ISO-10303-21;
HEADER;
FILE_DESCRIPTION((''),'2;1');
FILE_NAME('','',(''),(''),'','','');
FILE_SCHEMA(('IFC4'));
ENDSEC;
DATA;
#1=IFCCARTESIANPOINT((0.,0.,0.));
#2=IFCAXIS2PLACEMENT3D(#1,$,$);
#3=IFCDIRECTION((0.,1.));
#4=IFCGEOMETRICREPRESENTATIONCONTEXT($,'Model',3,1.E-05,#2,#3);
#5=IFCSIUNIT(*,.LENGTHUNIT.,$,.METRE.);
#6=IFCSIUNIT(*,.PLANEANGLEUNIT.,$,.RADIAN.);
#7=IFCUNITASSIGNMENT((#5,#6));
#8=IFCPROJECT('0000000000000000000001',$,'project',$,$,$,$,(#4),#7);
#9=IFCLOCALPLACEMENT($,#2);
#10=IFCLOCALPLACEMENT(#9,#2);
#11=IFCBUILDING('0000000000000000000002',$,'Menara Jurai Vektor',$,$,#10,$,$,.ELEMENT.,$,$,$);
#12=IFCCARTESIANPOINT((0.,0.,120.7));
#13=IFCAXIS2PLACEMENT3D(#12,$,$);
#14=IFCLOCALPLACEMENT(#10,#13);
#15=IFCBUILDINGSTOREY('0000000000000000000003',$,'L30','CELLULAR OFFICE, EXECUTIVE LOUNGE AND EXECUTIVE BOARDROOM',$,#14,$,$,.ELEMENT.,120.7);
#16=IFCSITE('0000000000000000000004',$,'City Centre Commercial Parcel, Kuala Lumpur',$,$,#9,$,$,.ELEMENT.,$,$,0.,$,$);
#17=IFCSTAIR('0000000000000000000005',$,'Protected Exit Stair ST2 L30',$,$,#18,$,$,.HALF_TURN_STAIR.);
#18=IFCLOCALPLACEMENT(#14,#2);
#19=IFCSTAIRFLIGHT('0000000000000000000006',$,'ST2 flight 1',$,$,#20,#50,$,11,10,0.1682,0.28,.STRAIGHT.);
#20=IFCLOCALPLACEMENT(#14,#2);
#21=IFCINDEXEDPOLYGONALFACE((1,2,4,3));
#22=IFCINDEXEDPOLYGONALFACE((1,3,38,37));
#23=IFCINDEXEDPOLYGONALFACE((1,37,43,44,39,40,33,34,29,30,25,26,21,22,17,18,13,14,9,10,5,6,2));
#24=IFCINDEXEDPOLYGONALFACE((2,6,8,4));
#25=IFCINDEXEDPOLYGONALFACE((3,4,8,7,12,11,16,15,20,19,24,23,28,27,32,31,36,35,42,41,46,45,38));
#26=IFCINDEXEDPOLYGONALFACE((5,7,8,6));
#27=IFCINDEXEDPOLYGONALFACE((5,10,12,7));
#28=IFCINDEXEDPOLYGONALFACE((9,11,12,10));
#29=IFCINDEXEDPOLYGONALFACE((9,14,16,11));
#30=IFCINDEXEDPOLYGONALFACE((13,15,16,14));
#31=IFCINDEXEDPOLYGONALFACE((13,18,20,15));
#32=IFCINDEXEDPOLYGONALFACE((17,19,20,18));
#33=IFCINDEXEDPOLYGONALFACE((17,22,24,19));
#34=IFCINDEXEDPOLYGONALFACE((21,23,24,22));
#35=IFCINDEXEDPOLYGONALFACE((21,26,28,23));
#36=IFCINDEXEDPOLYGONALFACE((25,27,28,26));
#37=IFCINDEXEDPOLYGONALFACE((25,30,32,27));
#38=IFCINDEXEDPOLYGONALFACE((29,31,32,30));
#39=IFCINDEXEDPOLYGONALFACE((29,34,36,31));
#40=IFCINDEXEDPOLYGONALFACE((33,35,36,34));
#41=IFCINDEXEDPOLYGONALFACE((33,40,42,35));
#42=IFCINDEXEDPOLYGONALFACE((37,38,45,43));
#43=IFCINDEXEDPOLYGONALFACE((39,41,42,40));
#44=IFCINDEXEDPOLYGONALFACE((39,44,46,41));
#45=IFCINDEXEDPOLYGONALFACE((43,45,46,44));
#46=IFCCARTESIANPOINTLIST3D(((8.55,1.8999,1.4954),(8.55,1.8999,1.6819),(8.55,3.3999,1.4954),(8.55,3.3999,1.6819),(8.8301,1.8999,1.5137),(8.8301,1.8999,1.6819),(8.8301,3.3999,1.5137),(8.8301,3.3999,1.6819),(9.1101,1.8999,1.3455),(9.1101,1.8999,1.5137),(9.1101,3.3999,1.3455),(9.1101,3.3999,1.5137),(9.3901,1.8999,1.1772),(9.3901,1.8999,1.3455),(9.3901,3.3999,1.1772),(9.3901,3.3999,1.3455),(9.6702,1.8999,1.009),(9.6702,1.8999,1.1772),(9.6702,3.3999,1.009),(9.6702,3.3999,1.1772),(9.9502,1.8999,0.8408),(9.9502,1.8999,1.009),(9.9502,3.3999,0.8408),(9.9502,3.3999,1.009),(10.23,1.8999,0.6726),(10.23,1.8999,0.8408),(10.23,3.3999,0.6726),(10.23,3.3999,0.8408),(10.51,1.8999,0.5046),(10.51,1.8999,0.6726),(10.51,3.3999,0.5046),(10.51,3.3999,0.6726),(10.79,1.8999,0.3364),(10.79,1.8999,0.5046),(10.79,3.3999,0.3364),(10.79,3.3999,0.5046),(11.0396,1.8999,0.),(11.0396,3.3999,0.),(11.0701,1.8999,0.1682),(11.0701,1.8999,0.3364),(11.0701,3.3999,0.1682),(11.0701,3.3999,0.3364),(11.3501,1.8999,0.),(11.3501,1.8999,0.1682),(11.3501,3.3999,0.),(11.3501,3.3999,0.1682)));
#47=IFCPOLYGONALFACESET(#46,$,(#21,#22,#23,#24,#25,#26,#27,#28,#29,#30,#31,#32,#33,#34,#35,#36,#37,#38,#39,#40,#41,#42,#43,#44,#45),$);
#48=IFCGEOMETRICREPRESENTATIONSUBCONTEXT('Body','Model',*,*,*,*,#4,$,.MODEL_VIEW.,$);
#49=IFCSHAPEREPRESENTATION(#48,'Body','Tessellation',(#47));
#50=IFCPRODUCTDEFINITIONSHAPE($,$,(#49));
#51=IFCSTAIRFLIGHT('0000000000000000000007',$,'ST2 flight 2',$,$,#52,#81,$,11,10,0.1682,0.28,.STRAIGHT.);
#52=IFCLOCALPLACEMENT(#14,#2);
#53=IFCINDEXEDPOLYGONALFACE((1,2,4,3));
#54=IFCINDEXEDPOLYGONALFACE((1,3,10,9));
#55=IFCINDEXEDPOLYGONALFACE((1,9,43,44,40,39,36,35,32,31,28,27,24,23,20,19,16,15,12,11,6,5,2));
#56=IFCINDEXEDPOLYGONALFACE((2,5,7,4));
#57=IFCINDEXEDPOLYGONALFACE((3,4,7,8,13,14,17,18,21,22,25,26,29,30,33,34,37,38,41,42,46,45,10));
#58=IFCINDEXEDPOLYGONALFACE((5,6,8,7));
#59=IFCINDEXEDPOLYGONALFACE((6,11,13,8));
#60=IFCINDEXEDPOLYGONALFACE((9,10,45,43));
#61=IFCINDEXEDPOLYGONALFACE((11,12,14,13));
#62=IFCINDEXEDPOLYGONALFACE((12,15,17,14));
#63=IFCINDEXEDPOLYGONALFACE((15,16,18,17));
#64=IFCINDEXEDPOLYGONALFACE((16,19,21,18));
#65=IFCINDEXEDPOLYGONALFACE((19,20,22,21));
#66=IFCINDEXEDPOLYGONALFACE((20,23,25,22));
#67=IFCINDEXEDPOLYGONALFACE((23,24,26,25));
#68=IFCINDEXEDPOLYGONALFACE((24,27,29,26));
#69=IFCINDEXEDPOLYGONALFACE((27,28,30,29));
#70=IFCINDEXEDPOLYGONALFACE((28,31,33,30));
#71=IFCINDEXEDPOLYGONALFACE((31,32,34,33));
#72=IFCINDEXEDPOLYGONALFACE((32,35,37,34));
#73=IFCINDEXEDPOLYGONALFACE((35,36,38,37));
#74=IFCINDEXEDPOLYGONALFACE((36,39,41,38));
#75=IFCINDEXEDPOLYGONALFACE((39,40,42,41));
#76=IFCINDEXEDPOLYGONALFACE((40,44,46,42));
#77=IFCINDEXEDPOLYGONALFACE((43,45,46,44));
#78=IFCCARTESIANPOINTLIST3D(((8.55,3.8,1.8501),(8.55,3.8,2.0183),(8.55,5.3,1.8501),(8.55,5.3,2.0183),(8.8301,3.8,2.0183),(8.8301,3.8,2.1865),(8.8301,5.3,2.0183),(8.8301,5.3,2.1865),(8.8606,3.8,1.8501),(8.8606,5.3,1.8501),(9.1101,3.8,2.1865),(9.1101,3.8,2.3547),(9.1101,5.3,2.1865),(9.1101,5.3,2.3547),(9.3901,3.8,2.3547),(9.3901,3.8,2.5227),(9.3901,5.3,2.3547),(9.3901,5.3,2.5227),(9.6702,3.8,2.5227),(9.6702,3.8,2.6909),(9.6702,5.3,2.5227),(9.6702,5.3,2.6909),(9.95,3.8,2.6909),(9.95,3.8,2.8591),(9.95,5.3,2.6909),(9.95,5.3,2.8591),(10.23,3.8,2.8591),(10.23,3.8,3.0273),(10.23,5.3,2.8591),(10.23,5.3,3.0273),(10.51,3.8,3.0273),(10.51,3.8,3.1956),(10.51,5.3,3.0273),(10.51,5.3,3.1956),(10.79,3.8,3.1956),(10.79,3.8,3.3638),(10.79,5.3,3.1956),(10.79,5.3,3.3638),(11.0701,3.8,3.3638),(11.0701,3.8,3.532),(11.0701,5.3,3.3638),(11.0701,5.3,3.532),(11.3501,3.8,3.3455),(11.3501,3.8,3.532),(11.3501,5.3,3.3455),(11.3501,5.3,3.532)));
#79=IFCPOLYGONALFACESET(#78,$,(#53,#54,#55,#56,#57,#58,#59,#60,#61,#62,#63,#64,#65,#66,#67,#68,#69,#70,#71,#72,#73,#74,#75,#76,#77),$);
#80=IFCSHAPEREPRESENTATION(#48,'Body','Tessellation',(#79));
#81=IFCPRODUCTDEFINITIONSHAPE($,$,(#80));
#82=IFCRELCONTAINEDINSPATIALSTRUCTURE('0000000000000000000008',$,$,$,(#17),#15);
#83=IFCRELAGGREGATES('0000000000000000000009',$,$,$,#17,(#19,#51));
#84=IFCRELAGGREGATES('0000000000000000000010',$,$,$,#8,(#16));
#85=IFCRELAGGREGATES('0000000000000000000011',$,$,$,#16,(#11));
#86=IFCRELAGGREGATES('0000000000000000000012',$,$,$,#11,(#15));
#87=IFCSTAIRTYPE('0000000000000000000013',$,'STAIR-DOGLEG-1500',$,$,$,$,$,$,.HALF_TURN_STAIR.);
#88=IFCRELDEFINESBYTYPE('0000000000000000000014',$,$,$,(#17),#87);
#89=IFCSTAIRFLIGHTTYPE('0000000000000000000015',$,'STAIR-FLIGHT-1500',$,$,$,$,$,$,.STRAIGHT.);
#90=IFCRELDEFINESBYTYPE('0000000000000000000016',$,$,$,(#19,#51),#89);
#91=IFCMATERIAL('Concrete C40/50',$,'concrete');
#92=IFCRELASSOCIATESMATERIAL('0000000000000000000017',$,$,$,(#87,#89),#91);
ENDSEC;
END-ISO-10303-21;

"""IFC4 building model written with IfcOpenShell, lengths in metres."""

from ifc_helpers import new_model, si_unit, direction, frame, origin, place, context, subcontext, project, spatial, polyline, outline, extrude, material, type_object, element, aggregate, save


model = new_model("IFC4")

# Units and contexts
model_context = context("Model", 3, precision=1e-05, world=origin(), true_north=direction((0.0, 1.0)))
body_context = subcontext(model_context, "Body", "Model", "MODEL_VIEW")
ifc_project = project(units=[si_unit("LENGTHUNIT", "METRE"), si_unit("PLANEANGLEUNIT", "RADIAN")], contexts=[model_context])

# Site, building, storey
site_placement = place(None, origin())
site = spatial("IfcSite", under=ifc_project, at=site_placement, Name="City Centre Commercial Parcel, Kuala Lumpur", CompositionType="ELEMENT", RefElevation=0.0)
building_placement = place(site_placement, origin())
building = spatial("IfcBuilding", under=site, at=building_placement, Name="Menara Jurai Vektor", CompositionType="ELEMENT")
storey_placement = place(building_placement, frame((0.0, 0.0, 120.7)))
storey = spatial("IfcBuildingStorey", under=building, at=storey_placement, Name="L30", Description="CELLULAR OFFICE, EXECUTIVE LOUNGE AND EXECUTIVE BOARDROOM", CompositionType="ELEMENT", Elevation=120.7)

# Shared definitions
ifc_material_1 = material(Name="Concrete C40/50", Category="concrete")

# Stair, stair flights
stair_type = type_object("IfcStairType", Name="STAIR-DOGLEG-1500", PredefinedType="HALF_TURN_STAIR", material=ifc_material_1)
stair_placement = place(storey_placement, origin())
stair = element("IfcStair", 1, at=stair_placement, inside=storey, type_object=stair_type, Name="Protected Exit Stair ST2 L30", PredefinedType="HALF_TURN_STAIR")
stair_flight_type = type_object("IfcStairFlightType", Name="STAIR-FLIGHT-1500", PredefinedType="STRAIGHT", material=ifc_material_1)
stair_flight_1_placement = place(storey_placement, frame((11.3501, 2.6499, 0.0), z_axis=(0.0, 0.0, 1.0), x_axis=(-1.0, 0.0, 0.0)))
stair_flight_1 = element("IfcStairFlight", 2, at=stair_flight_1_placement, type_object=stair_flight_type, Name="ST2 flight 1", NumberOfRisers=11, NumberOfTreads=10, PredefinedType="STRAIGHT", RiserHeight=0.1682, TreadLength=0.28, context=body_context, shape_type="SweptSolid", body=[
    extrude(outline(polyline([(0.0, 0.0), (0.0, 0.1682), (0.28, 0.1682), (0.28, 0.3364), (0.5601, 0.3364), (0.5601, 0.5046), (0.8401, 0.5046), (0.8401, 0.6726), (1.1201, 0.6726), (1.1201, 0.8408), (1.3999, 0.8408), (1.3999, 1.009), (1.6799, 1.009), (1.6799, 1.1772), (1.96, 1.1772), (1.96, 1.3455), (2.24, 1.3455), (2.24, 1.5137), (2.52, 1.5137), (2.52, 1.6819), (2.8, 1.6819), (2.8, 1.8501), (2.8, 1.4954), (0.3105, 0.0), (0.0, 0.0)])), frame((0.0, 0.75, 0.0), z_axis=(0.0, -1.0, 0.0), x_axis=(1.0, 0.0, 0.0)), (0.0, 0.0, 1.0), 1.5),
])
stair_flight_2_placement = place(storey_placement, frame((8.55, 4.55, 1.8501), z_axis=(0.0, 0.0, 1.0), x_axis=(1.0, 0.0, 0.0)))
stair_flight_2 = element("IfcStairFlight", 3, at=stair_flight_2_placement, type_object=stair_flight_type, Name="ST2 flight 2", NumberOfRisers=11, NumberOfTreads=10, PredefinedType="STRAIGHT", RiserHeight=0.1682, TreadLength=0.28, context=body_context, shape_type="SweptSolid", body=[
    extrude(outline(polyline([(0.0, 0.0), (0.0, 0.1682), (0.28, 0.1682), (0.28, 0.3364), (0.5601, 0.3364), (0.5601, 0.5046), (0.8401, 0.5046), (0.8401, 0.6726), (1.1201, 0.6726), (1.1201, 0.8408), (1.3999, 0.8408), (1.3999, 1.009), (1.6799, 1.009), (1.6799, 1.1772), (1.96, 1.1772), (1.96, 1.3455), (2.24, 1.3455), (2.24, 1.5137), (2.52, 1.5137), (2.52, 1.6819), (2.8, 1.6819), (2.8, 1.8501), (2.8, 1.4954), (0.3105, 0.0), (0.0, 0.0)])), frame((0.0, 0.75, 0.0), z_axis=(0.0, -1.0, 0.0), x_axis=(1.0, 0.0, 0.0)), (0.0, 0.0, 1.0), 1.5),
])
aggregate(stair, [stair_flight_1, stair_flight_2])

save(model, "model.ifc")
